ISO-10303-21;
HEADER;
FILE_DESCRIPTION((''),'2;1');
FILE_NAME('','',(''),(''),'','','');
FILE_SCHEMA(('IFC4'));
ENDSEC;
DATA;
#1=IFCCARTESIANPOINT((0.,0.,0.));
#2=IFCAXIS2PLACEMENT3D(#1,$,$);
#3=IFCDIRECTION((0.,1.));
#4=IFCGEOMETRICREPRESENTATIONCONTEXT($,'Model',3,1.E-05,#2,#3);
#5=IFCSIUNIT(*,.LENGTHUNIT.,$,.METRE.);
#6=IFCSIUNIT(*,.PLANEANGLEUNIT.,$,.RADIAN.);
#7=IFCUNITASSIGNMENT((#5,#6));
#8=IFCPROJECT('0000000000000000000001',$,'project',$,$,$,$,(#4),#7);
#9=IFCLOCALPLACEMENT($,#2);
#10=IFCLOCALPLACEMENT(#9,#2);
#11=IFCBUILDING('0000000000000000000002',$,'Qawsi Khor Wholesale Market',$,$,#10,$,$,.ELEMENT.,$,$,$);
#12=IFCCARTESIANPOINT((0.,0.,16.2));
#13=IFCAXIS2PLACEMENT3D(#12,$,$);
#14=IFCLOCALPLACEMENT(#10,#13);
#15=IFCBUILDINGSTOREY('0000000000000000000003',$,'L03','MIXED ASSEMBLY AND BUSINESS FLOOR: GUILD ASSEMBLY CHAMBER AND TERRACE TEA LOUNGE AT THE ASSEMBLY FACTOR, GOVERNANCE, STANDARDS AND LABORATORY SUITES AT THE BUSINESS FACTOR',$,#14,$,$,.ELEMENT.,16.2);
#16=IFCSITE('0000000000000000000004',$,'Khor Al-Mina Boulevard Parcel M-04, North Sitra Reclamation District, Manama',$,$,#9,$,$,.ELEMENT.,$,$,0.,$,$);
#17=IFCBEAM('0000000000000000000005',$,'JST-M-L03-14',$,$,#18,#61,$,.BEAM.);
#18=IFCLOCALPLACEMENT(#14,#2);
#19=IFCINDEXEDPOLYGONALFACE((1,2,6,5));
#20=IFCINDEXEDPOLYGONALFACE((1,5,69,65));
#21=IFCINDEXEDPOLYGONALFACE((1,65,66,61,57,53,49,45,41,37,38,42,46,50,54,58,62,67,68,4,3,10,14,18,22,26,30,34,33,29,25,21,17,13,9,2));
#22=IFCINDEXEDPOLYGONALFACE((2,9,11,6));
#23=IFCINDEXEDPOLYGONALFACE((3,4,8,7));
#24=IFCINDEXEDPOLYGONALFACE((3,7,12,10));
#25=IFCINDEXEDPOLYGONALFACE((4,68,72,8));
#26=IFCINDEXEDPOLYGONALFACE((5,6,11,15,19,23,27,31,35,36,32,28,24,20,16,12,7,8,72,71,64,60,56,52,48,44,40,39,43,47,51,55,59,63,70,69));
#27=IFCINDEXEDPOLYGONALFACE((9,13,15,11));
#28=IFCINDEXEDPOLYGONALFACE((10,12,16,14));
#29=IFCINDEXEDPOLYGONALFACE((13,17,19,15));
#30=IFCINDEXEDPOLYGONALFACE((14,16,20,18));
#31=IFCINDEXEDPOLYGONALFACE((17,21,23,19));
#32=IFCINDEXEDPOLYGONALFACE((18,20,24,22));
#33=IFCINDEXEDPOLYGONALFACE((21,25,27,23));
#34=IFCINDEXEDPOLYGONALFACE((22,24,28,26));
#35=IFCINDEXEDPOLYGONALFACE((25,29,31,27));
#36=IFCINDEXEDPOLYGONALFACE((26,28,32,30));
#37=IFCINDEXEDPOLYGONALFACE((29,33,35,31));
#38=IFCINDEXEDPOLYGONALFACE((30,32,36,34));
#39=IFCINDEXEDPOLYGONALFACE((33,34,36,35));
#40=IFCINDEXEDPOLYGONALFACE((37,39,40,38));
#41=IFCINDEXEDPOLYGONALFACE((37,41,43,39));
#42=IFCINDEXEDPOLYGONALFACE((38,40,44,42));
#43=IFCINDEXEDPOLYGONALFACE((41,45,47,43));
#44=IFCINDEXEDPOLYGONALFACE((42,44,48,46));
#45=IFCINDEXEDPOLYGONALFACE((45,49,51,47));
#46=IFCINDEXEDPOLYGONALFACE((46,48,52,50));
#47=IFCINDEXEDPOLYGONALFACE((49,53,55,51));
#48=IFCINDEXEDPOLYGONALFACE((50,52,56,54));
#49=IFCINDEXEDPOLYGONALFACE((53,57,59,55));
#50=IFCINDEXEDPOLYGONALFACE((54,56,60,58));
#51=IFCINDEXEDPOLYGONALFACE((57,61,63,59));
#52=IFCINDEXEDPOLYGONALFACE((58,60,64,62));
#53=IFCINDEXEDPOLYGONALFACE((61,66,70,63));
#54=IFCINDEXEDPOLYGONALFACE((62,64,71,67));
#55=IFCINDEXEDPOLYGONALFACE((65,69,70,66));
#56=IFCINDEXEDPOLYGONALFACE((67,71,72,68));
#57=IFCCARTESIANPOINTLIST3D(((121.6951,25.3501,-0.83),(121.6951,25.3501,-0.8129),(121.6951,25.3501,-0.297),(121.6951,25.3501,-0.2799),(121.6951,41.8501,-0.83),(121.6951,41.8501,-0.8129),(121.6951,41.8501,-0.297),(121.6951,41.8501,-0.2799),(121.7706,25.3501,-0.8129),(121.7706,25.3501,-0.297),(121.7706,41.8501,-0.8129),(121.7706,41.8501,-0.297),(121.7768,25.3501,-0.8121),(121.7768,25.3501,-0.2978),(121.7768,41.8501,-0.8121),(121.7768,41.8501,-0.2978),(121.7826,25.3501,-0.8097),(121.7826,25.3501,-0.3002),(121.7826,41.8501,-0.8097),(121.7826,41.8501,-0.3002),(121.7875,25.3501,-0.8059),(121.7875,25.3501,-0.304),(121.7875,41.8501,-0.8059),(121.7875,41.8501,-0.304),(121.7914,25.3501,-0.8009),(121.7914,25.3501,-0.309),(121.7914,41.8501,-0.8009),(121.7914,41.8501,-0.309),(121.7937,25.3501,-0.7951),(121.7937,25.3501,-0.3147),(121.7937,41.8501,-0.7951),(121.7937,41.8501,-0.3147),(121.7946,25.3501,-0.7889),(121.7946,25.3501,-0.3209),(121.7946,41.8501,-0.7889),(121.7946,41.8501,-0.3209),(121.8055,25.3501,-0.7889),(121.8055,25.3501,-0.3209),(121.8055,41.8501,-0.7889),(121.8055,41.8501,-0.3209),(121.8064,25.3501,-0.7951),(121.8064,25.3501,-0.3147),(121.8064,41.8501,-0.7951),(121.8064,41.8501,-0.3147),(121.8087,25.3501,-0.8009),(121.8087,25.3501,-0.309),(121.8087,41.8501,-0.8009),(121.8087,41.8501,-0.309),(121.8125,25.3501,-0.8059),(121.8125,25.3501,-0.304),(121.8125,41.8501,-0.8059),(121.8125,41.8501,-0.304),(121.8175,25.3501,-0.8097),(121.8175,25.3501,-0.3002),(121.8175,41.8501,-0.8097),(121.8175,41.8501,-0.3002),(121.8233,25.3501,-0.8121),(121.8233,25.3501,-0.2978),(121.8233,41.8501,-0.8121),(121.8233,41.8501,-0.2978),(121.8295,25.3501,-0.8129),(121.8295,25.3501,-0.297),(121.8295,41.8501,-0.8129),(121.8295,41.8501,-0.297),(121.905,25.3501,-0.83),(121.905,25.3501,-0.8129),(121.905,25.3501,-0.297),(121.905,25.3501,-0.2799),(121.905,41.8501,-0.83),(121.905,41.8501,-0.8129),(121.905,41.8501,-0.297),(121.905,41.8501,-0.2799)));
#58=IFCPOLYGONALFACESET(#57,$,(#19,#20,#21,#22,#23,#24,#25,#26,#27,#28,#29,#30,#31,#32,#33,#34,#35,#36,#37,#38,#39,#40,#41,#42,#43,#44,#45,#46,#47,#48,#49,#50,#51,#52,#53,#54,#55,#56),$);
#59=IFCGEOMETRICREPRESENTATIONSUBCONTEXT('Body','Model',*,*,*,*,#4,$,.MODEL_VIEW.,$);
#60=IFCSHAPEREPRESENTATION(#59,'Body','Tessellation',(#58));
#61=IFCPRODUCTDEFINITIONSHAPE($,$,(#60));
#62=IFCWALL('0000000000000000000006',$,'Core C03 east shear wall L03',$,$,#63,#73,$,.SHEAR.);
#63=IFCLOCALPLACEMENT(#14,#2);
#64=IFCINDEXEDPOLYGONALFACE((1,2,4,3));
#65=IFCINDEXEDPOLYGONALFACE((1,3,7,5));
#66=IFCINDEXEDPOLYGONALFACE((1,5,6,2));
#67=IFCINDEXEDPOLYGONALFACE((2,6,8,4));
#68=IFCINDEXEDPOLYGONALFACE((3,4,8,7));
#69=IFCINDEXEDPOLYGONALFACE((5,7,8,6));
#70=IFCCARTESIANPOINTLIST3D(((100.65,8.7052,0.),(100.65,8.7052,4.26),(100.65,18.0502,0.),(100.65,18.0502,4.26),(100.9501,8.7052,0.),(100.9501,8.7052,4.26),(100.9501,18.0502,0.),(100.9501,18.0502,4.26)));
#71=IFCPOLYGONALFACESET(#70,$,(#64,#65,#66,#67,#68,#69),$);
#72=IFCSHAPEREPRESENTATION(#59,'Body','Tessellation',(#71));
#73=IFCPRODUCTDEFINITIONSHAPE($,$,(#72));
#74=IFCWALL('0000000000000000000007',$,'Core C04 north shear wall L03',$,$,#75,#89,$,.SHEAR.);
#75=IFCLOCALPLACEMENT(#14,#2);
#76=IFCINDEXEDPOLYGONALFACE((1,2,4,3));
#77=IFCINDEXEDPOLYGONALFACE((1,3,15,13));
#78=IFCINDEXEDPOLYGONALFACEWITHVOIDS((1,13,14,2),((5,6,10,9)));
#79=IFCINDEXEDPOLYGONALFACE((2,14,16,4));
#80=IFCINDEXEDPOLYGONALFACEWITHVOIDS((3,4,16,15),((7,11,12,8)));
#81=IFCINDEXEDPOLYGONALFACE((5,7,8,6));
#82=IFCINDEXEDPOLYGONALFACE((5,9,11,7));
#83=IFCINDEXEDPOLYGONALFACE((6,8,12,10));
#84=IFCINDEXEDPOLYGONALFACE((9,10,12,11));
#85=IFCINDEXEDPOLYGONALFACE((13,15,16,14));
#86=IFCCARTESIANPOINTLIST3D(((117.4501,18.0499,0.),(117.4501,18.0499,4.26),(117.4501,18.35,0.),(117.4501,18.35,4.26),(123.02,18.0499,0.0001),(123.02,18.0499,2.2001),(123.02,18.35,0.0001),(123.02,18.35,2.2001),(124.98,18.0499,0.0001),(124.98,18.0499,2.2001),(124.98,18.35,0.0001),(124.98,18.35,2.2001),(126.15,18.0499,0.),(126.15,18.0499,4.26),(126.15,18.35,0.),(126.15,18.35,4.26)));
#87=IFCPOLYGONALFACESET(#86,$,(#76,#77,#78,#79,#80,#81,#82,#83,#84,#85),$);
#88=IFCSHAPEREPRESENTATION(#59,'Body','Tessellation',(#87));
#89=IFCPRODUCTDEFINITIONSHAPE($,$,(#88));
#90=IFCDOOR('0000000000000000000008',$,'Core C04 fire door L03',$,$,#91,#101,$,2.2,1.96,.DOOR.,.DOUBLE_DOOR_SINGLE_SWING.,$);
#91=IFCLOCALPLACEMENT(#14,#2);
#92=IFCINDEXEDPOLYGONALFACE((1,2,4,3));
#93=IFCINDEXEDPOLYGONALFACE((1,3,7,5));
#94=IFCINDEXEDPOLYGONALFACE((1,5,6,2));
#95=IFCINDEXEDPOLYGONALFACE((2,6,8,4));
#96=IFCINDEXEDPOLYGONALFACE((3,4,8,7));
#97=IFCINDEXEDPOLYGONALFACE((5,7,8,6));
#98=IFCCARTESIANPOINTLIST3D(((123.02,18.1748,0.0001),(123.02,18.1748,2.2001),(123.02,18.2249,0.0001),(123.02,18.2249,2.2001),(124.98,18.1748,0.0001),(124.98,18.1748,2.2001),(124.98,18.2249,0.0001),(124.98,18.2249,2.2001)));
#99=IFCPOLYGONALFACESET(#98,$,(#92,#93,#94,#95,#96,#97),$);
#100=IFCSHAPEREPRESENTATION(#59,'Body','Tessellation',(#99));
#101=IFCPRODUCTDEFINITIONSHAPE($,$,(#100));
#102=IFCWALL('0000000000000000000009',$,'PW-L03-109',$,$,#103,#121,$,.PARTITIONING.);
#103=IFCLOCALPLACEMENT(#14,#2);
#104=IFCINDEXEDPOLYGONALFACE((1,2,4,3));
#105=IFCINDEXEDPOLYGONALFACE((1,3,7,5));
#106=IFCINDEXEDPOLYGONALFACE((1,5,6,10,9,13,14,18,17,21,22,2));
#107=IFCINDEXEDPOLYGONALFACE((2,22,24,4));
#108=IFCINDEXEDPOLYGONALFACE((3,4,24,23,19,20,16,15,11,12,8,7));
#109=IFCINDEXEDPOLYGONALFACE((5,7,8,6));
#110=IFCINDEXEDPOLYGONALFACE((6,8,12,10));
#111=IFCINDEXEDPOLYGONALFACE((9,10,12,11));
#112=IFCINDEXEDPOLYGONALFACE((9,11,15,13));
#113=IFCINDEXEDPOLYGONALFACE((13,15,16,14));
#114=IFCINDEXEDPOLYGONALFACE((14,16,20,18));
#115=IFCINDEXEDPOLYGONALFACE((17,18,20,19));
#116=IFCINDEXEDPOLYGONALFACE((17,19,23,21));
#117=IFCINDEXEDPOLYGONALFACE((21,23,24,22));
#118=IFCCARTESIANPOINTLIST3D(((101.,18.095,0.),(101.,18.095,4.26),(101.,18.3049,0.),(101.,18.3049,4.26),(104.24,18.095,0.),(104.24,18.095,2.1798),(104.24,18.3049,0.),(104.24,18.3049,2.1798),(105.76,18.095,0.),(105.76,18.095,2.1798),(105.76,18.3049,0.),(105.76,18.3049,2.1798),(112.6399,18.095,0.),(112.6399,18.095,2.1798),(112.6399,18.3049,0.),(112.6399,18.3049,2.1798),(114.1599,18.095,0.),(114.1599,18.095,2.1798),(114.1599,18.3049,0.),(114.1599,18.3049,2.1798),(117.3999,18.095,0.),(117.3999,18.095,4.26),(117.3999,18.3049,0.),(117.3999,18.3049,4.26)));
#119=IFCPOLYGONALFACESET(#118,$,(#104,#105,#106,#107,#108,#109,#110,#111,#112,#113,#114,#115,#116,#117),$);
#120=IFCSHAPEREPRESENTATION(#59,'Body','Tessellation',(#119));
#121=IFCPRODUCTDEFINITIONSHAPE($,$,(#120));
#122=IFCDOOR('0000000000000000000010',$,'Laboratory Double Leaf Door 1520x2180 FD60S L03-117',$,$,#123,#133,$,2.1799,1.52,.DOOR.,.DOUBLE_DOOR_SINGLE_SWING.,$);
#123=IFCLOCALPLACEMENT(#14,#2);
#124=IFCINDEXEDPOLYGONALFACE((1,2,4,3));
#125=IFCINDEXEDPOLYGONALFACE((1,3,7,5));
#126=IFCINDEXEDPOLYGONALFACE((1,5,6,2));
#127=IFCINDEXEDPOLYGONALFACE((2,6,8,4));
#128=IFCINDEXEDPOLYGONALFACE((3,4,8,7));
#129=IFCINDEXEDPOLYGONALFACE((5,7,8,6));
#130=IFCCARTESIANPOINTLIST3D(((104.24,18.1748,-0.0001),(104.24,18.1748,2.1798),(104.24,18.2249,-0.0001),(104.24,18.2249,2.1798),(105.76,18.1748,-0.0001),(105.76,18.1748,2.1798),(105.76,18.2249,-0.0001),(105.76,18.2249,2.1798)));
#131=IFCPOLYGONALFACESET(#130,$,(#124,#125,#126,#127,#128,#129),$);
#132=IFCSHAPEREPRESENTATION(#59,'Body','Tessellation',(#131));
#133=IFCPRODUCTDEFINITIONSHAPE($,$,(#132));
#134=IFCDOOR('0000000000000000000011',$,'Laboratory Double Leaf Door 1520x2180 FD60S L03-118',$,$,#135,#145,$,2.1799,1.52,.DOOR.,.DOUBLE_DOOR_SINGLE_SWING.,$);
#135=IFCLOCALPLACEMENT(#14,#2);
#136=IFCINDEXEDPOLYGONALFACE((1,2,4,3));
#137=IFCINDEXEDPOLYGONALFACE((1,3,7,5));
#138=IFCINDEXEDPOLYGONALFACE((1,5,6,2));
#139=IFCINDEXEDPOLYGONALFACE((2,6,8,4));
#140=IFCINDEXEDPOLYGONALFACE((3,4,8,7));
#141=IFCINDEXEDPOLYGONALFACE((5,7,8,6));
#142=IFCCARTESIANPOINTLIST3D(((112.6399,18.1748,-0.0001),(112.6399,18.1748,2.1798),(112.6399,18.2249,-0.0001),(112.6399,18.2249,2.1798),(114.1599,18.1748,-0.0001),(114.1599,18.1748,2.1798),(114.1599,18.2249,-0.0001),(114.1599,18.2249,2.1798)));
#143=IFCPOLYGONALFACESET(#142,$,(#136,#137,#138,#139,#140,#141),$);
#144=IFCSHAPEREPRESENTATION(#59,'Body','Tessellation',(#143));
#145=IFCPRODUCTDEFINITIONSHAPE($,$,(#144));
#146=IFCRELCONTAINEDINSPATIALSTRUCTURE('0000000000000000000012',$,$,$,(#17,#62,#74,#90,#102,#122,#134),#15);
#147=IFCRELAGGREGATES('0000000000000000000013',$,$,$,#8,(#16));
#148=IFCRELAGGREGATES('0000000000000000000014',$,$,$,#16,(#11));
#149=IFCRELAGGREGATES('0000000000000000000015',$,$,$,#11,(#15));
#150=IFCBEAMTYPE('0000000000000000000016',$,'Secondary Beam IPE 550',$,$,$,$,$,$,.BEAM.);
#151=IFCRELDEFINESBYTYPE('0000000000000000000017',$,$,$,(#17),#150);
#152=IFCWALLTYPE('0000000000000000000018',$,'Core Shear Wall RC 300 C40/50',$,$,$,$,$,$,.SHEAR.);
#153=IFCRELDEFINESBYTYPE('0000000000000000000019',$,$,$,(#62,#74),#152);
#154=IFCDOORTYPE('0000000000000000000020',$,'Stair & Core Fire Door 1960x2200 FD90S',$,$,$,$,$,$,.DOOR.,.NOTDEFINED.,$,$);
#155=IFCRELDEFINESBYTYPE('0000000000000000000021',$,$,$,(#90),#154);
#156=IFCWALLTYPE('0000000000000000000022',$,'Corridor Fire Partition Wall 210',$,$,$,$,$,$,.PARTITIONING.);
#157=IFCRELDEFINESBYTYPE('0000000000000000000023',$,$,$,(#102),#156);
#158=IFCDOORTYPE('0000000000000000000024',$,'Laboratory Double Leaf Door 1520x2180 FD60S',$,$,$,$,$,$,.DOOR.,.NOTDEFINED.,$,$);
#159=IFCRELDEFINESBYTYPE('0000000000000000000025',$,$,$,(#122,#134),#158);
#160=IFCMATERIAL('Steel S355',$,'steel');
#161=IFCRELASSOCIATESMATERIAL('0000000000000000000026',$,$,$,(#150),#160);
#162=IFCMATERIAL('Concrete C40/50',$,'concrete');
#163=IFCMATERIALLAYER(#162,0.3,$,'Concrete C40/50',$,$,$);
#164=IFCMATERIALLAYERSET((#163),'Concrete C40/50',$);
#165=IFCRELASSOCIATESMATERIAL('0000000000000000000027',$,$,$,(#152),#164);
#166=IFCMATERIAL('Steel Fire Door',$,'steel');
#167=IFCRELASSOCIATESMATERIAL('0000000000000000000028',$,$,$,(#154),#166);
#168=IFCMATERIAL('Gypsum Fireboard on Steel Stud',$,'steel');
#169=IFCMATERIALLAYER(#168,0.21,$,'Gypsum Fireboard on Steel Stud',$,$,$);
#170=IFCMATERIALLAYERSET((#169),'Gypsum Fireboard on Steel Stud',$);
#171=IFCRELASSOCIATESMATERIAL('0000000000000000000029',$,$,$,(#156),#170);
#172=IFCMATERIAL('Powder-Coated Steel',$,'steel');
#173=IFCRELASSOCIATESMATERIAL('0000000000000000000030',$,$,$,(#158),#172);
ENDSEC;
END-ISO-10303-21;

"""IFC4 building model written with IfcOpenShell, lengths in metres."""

from ifc_helpers import new_model, si_unit, direction, frame, frame_2d, origin, origin_2d, place, context, subcontext, project, spatial, rectangle, i_section, extrude, material, layer, layer_set, material_profile, profile_set, type_object, element, fill, save


model = new_model("IFC4")

# Units and contexts
model_context = context("Model", 3, precision=1e-05, world=origin(), true_north=direction((0.0, 1.0)))
body_context = subcontext(model_context, "Body", "Model", "MODEL_VIEW")
ifc_project = project(units=[si_unit("LENGTHUNIT", "METRE"), si_unit("PLANEANGLEUNIT", "RADIAN")], contexts=[model_context])

# Site, building, storey
site_placement = place(None, origin())
site = spatial("IfcSite", under=ifc_project, at=site_placement, Name="Khor Al-Mina Boulevard Parcel M-04, North Sitra Reclamation District, Manama", CompositionType="ELEMENT", RefElevation=0.0)
building_placement = place(site_placement, origin())
building = spatial("IfcBuilding", under=site, at=building_placement, Name="Qawsi Khor Wholesale Market", CompositionType="ELEMENT")
storey_placement = place(building_placement, frame((0.0, 0.0, 16.2)))
storey = spatial("IfcBuildingStorey", under=building, at=storey_placement, Name="L03", Description="MIXED ASSEMBLY AND BUSINESS FLOOR: GUILD ASSEMBLY CHAMBER AND TERRACE TEA LOUNGE AT THE ASSEMBLY FACTOR, GOVERNANCE, STANDARDS AND LABORATORY SUITES AT THE BUSINESS FACTOR", CompositionType="ELEMENT", Elevation=16.2)

# Shared definitions
ifc_material_1 = material(Name="Concrete C40/50", Category="concrete")

# Beam
ifc_material_2 = material(Name="Steel S355", Category="steel")
ifc_material_profile_1 = material_profile(ifc_material_2, i_section(OverallWidth=0.21, OverallDepth=0.55, WebThickness=0.011, FlangeThickness=0.0171, FilletRadius=0.0239, at=origin_2d()), Name="IPE 550")
ifc_profile_set_1 = profile_set([ifc_material_profile_1], Name="Steel S355")
beam_type_1 = type_object("IfcBeamType", Name="Secondary Beam IPE 550", PredefinedType="BEAM", material=ifc_profile_set_1)
for number, where, z_axis, x_axis, name in (
    (1, (121.8, 25.3501, -0.5549), (0.0, 1.0, 0.0), (-1.0, 0.0, 0.0), "JST-M-L03-14"),
):
    element("IfcBeam", number, at=place(storey_placement, frame(where, z_axis=z_axis, x_axis=x_axis)), inside=storey, type_object=beam_type_1, Name=name, PredefinedType="BEAM", context=body_context, shape_type="SweptSolid", body=[
        extrude(i_section(OverallWidth=0.21, OverallDepth=0.55, WebThickness=0.011, FlangeThickness=0.0171, FilletRadius=0.0239, at=origin_2d()), origin(), (0.0, 0.0, 1.0), 16.5),
    ])

# Wall
ifc_layer_1 = layer(ifc_material_1, 0.3, Name="Concrete C40/50")
ifc_layer_set_1 = layer_set([ifc_layer_1], Name="Concrete C40/50")
wall_type_1 = type_object("IfcWallType", Name="Core Shear Wall RC 300 C40/50", PredefinedType="SHEAR", material=ifc_layer_set_1)
wall_1_placement = place(storey_placement, frame((100.8, 18.05, 0.0), z_axis=(0.0, 0.0, 1.0), x_axis=(0.0, -1.0, 0.0)))
element("IfcWall", 2, at=wall_1_placement, inside=storey, type_object=wall_type_1, Name="Core C03 east shear wall L03", PredefinedType="SHEAR", context=body_context, shape_type="SweptSolid", body=[
    extrude(rectangle(XDim=9.345, YDim=0.3, at=frame_2d((4.6724, 0.0))), origin(), (0.0, 0.0, 1.0), 4.26),
])

# Wall, opening, door
wall_2_placement = place(storey_placement, frame((117.45, 18.2, 0.0), z_axis=(0.0, 0.0, 1.0), x_axis=(1.0, 0.0, 0.0)))
wall_2 = element("IfcWall", 3, at=wall_2_placement, inside=storey, type_object=wall_type_1, Name="Core C04 north shear wall L03", PredefinedType="SHEAR", context=body_context, shape_type="SweptSolid", body=[
    extrude(rectangle(XDim=8.7, YDim=0.3, at=frame_2d((4.3501, 0.0))), origin(), (0.0, 0.0, 1.0), 4.26),
])
opening_1_placement = place(wall_2_placement, frame((5.5701, 0.0, 0.0)))
opening_1 = element("IfcOpeningElement", 4, at=opening_1_placement, cuts=wall_2, PredefinedType="OPENING", context=body_context, shape_type="SweptSolid", body=[
    extrude(rectangle(XDim=1.96, YDim=2.2, at=frame_2d((0.98, 1.1001))), frame((0.0, 0.1599, 0.0), z_axis=(0.0, -1.0, 0.0), x_axis=(1.0, 0.0, 0.0)), (0.0, 0.0, 1.0), 0.3201),
])
ifc_material_3 = material(Name="Steel Fire Door", Category="steel")
door_type_1 = type_object("IfcDoorType", Name="Stair & Core Fire Door 1960x2200 FD90S", OperationType="NOTDEFINED", PredefinedType="DOOR", material=ifc_material_3)
door_1_placement = place(opening_1_placement, origin())
door_1 = element("IfcDoor", 5, at=door_1_placement, inside=storey, type_object=door_type_1, Name="Core C04 fire door L03", OperationType="DOUBLE_DOOR_SINGLE_SWING", OverallHeight=2.2, OverallWidth=1.96, PredefinedType="DOOR", context=body_context, shape_type="SweptSolid", body=[
    extrude(rectangle(XDim=1.96, YDim=2.2, at=frame_2d((0.98, 1.1001))), frame((0.0, 0.0249, 0.0), z_axis=(0.0, -1.0, 0.0), x_axis=(1.0, 0.0, 0.0)), (0.0, 0.0, 1.0), 0.05),
])
fill(opening_1, door_1)

# Wall, openings, doors
ifc_material_4 = material(Name="Gypsum Fireboard on Steel Stud", Category="steel")
ifc_layer_2 = layer(ifc_material_4, 0.21, Name="Gypsum Fireboard on Steel Stud")
ifc_layer_set_2 = layer_set([ifc_layer_2], Name="Gypsum Fireboard on Steel Stud")
wall_type_2 = type_object("IfcWallType", Name="Corridor Fire Partition Wall 210", PredefinedType="PARTITIONING", material=ifc_layer_set_2)
wall_3_placement = place(storey_placement, frame((101.0, 18.2, 0.0), z_axis=(0.0, 0.0, 1.0), x_axis=(1.0, 0.0, 0.0)))
wall_3 = element("IfcWall", 6, at=wall_3_placement, inside=storey, type_object=wall_type_2, Name="PW-L03-109", PredefinedType="PARTITIONING", context=body_context, shape_type="SweptSolid", body=[
    extrude(rectangle(XDim=16.3999, YDim=0.21, at=frame_2d((8.2, 0.0))), origin(), (0.0, 0.0, 1.0), 4.26),
])
opening_2_placement = place(wall_3_placement, frame((3.24, 0.0, 0.0)))
opening_2 = element("IfcOpeningElement", 7, at=opening_2_placement, cuts=wall_3, PredefinedType="OPENING", context=body_context, shape_type="SweptSolid", body=[
    extrude(rectangle(XDim=1.52, YDim=2.1799, at=frame_2d((0.76, 1.0898))), frame((0.0, 0.115, 0.0), z_axis=(0.0, -1.0, 0.0), x_axis=(1.0, 0.0, 0.0)), (0.0, 0.0, 1.0), 0.23),
])
opening_3_placement = place(wall_3_placement, frame((11.6399, 0.0, 0.0)))
opening_3 = element("IfcOpeningElement", 8, at=opening_3_placement, cuts=wall_3, PredefinedType="OPENING", context=body_context, shape_type="SweptSolid", body=[
    extrude(rectangle(XDim=1.52, YDim=2.1799, at=frame_2d((0.76, 1.0898))), frame((0.0, 0.115, 0.0), z_axis=(0.0, -1.0, 0.0), x_axis=(1.0, 0.0, 0.0)), (0.0, 0.0, 1.0), 0.23),
])
ifc_material_5 = material(Name="Powder-Coated Steel", Category="steel")
door_type_2 = type_object("IfcDoorType", Name="Laboratory Double Leaf Door 1520x2180 FD60S", OperationType="NOTDEFINED", PredefinedType="DOOR", material=ifc_material_5)
door_2_placement = place(opening_2_placement, origin())
door_2 = element("IfcDoor", 9, at=door_2_placement, inside=storey, type_object=door_type_2, Name="Laboratory Double Leaf Door 1520x2180 FD60S L03-117", OperationType="DOUBLE_DOOR_SINGLE_SWING", OverallHeight=2.1799, OverallWidth=1.52, PredefinedType="DOOR", context=body_context, shape_type="SweptSolid", body=[
    extrude(rectangle(XDim=1.52, YDim=2.1799, at=frame_2d((0.76, 1.0898))), frame((0.0, 0.0249, 0.0), z_axis=(0.0, -1.0, 0.0), x_axis=(1.0, 0.0, 0.0)), (0.0, 0.0, 1.0), 0.05),
])
fill(opening_2, door_2)
door_3_placement = place(opening_3_placement, origin())
door_3 = element("IfcDoor", 10, at=door_3_placement, inside=storey, type_object=door_type_2, Name="Laboratory Double Leaf Door 1520x2180 FD60S L03-118", OperationType="DOUBLE_DOOR_SINGLE_SWING", OverallHeight=2.1799, OverallWidth=1.52, PredefinedType="DOOR", context=body_context, shape_type="SweptSolid", body=[
    extrude(rectangle(XDim=1.52, YDim=2.1799, at=frame_2d((0.76, 1.0898))), frame((0.0, 0.0249, 0.0), z_axis=(0.0, -1.0, 0.0), x_axis=(1.0, 0.0, 0.0)), (0.0, 0.0, 1.0), 0.05),
])
fill(opening_3, door_3)

save(model, "model.ifc")
